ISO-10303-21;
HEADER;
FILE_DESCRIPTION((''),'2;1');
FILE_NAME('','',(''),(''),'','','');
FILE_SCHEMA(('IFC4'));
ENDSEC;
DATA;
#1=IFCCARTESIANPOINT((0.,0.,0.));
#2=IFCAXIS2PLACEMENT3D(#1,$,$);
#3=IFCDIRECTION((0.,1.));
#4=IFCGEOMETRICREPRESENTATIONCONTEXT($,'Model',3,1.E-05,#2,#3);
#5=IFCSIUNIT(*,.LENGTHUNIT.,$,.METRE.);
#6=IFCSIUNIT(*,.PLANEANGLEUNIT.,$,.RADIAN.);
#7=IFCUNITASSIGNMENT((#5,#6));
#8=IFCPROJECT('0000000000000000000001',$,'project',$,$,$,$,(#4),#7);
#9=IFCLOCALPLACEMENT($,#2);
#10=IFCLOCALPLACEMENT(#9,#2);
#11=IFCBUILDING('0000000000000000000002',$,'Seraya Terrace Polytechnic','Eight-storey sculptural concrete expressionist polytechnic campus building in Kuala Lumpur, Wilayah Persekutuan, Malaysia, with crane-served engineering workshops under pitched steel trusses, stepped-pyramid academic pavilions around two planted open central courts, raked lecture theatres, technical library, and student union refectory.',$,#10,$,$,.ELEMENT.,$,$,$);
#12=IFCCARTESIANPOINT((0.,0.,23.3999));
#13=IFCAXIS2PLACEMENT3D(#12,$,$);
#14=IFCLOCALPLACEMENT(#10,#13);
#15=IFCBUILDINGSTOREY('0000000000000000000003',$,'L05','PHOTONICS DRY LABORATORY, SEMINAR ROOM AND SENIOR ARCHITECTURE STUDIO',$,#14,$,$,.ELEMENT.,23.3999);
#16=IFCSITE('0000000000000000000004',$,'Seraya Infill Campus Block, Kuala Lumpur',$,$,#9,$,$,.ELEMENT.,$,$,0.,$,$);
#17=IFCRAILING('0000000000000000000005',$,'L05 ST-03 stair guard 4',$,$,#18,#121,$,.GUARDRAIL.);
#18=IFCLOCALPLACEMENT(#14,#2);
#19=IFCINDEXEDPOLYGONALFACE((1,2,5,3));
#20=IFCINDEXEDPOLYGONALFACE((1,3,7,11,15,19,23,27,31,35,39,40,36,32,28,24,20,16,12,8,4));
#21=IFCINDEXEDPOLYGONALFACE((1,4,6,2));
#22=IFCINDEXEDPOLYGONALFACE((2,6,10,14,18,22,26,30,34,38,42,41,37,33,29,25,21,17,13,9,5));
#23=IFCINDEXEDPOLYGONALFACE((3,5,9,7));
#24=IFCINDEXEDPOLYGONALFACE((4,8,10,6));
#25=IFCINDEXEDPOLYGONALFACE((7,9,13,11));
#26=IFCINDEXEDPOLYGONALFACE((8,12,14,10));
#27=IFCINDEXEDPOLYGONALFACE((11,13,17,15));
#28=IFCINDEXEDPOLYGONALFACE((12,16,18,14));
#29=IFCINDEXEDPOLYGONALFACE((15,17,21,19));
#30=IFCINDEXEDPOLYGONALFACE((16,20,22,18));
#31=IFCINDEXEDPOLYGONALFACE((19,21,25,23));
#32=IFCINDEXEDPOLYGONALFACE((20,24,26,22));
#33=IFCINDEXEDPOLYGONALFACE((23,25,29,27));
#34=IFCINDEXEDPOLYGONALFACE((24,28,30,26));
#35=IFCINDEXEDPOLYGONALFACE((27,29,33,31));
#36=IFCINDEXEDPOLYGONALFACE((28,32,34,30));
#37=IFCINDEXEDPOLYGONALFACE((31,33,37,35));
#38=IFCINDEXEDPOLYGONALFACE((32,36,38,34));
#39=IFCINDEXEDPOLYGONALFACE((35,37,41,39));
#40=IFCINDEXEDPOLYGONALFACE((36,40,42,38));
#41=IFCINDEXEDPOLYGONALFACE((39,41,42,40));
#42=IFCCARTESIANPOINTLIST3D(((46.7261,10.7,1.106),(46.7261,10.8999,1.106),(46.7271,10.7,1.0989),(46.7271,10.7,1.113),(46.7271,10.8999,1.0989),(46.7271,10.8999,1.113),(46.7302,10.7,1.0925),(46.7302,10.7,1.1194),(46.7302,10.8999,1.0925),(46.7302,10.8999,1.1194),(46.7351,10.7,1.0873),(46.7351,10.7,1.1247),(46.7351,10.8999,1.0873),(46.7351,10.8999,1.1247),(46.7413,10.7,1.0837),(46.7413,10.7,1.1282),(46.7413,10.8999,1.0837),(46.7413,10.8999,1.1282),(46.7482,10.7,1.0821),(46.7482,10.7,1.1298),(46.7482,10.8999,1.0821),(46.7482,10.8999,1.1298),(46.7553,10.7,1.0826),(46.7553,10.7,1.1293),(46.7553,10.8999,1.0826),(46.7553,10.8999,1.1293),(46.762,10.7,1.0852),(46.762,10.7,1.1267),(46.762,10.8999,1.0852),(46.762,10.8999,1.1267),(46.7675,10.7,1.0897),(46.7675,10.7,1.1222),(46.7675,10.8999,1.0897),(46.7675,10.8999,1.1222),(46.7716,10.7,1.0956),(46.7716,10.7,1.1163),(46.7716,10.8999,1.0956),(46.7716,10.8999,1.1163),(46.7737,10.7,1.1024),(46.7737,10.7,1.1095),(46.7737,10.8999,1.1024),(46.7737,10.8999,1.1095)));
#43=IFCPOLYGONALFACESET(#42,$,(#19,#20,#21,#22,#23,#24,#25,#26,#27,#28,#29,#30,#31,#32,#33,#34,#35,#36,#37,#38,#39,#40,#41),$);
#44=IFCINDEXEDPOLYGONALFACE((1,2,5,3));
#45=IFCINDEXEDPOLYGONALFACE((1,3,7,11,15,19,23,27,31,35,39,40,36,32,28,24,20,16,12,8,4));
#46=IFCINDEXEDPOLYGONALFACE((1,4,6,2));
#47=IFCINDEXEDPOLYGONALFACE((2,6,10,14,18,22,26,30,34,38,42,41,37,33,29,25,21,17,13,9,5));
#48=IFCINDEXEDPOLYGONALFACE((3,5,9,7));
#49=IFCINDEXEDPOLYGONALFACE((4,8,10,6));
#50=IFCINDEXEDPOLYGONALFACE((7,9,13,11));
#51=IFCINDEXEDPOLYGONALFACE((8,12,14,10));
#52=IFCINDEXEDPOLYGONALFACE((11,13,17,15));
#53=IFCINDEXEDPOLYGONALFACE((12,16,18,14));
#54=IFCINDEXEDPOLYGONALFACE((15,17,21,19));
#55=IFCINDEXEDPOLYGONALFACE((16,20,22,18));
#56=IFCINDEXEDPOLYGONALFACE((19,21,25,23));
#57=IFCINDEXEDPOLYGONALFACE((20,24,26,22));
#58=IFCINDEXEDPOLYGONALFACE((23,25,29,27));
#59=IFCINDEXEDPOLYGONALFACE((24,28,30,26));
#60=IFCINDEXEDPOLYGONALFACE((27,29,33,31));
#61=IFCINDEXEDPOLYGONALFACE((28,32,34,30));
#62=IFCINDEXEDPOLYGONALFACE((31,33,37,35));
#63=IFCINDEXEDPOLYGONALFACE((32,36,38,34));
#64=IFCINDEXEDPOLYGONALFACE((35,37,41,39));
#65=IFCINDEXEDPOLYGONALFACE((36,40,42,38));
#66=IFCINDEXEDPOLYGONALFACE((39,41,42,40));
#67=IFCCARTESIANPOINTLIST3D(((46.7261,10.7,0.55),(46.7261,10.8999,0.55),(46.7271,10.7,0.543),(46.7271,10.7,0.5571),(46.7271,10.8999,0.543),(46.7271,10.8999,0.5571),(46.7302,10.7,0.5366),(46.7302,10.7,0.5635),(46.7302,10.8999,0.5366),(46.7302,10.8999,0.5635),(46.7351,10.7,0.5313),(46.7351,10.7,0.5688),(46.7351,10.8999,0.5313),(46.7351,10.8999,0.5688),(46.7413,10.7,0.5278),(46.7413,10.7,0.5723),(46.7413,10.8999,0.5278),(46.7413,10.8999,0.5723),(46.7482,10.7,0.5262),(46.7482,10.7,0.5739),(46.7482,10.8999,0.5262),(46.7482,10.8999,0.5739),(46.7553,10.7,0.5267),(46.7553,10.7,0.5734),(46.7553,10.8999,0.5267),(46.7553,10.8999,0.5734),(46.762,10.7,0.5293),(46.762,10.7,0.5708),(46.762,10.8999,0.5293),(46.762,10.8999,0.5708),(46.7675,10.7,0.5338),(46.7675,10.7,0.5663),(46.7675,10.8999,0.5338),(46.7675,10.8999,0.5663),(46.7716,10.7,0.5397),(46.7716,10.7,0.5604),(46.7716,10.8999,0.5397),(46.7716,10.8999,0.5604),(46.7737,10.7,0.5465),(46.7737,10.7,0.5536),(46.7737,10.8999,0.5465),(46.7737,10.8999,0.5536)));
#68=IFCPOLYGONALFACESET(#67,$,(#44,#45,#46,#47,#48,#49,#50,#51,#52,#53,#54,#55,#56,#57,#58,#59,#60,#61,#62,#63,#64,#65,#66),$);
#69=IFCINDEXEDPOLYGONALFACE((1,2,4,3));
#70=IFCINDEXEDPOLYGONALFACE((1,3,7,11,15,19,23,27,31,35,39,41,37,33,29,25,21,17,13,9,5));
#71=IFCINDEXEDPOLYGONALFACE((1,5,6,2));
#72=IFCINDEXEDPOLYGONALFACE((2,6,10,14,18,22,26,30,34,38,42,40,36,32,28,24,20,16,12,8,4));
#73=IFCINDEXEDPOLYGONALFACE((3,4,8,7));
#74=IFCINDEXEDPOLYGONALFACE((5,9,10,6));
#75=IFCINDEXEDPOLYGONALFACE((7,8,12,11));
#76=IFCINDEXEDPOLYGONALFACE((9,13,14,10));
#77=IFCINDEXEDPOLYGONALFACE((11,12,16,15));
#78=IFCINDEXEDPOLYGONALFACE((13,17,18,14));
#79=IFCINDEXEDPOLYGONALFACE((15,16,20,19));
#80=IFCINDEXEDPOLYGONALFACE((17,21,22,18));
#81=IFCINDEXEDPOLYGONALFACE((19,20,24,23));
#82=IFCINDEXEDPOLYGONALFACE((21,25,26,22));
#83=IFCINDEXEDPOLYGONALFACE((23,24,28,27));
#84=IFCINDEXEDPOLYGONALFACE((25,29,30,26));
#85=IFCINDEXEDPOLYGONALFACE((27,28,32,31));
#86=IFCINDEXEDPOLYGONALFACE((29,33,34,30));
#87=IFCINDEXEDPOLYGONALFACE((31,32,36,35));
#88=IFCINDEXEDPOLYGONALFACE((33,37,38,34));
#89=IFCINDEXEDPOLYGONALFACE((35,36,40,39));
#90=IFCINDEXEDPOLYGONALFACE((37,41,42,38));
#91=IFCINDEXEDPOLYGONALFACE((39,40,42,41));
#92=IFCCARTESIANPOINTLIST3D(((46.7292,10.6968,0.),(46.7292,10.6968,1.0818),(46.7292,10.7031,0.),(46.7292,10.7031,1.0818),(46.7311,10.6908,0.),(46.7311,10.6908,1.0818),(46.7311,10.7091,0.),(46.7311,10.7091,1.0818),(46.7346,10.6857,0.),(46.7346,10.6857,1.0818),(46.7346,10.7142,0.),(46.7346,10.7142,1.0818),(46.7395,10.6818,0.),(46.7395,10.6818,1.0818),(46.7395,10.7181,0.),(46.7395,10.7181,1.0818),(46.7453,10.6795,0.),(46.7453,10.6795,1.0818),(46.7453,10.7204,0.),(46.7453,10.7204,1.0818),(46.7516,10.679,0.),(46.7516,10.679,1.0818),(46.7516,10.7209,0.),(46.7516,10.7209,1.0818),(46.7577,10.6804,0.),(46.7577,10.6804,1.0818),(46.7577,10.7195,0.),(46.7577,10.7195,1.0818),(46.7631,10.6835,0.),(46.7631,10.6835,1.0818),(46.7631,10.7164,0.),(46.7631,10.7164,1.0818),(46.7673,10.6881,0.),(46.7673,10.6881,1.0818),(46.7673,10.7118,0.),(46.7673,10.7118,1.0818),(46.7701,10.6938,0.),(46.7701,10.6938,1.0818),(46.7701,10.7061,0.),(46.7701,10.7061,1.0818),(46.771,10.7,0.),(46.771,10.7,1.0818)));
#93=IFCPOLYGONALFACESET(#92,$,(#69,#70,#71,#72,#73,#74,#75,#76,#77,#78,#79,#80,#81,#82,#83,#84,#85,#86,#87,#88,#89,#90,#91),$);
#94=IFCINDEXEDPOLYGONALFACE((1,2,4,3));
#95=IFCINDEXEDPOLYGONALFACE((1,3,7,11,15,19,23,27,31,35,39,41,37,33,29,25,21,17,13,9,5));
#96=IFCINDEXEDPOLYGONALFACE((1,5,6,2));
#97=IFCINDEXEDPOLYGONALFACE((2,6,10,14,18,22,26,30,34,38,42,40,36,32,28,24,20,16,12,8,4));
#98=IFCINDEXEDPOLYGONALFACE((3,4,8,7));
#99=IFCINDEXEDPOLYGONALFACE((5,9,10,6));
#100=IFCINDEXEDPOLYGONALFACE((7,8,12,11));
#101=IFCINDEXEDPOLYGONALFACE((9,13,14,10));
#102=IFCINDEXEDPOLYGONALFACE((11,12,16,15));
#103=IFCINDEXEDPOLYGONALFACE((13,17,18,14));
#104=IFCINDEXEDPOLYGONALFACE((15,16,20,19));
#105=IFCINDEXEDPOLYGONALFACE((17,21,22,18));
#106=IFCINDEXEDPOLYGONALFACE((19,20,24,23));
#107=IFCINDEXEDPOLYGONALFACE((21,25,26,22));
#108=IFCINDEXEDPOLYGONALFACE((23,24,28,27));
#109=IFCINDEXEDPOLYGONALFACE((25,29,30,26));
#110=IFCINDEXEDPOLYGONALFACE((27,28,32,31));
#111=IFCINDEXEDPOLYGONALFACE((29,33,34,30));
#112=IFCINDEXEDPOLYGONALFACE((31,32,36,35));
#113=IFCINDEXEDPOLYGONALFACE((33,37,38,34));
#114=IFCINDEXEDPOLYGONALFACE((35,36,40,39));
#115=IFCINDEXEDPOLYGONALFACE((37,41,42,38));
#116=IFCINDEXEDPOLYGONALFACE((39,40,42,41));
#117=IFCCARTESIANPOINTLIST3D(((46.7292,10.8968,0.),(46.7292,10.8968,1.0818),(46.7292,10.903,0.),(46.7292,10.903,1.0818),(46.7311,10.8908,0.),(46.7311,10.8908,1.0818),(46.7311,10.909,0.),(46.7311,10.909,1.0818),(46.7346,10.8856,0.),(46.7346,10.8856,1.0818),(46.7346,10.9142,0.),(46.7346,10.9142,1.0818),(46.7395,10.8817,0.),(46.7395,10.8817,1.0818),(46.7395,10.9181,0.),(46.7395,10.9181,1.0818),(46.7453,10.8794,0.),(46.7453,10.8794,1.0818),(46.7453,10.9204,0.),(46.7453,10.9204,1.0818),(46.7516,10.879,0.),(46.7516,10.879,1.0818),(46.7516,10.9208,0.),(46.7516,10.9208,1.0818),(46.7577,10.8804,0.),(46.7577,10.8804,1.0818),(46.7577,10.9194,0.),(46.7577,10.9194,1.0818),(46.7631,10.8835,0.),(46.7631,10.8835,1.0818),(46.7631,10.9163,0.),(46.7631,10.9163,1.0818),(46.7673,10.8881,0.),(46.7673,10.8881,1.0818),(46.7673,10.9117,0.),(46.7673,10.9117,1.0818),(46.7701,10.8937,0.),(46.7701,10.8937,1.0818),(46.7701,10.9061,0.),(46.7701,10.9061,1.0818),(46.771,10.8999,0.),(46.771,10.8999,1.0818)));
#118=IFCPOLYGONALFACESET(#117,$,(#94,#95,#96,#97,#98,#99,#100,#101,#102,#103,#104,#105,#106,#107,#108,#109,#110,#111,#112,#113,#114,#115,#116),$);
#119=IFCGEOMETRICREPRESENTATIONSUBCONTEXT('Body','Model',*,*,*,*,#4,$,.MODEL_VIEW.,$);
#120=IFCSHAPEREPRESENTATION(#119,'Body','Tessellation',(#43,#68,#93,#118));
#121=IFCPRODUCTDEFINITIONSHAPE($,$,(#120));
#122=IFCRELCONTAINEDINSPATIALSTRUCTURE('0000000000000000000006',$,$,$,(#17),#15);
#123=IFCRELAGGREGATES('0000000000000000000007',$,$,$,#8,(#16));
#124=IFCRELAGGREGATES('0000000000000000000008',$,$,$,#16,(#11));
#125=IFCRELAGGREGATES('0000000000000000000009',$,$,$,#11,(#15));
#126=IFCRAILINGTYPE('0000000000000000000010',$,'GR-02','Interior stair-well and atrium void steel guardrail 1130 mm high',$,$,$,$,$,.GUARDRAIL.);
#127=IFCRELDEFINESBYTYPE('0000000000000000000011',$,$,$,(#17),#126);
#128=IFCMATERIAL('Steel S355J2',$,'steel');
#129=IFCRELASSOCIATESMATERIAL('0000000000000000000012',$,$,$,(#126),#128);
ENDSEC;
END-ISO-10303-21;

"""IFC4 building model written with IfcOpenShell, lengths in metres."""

from ifc_helpers import new_model, si_unit, direction, frame, origin, origin_2d, place, context, subcontext, project, spatial, circle, extrude, material, type_object, element, save


model = new_model("IFC4")

# Units and contexts
model_context = context("Model", 3, precision=1e-05, world=origin(), true_north=direction((0.0, 1.0)))
body_context = subcontext(model_context, "Body", "Model", "MODEL_VIEW")
ifc_project = project(units=[si_unit("LENGTHUNIT", "METRE"), si_unit("PLANEANGLEUNIT", "RADIAN")], contexts=[model_context])

# Site, building, storey
site_placement = place(None, origin())
site = spatial("IfcSite", under=ifc_project, at=site_placement, Name="Seraya Infill Campus Block, Kuala Lumpur", CompositionType="ELEMENT", RefElevation=0.0)
building_placement = place(site_placement, origin())
building = spatial("IfcBuilding", under=site, at=building_placement, Name="Seraya Terrace Polytechnic", Description="Eight-storey sculptural concrete expressionist polytechnic campus building in Kuala Lumpur, Wilayah Persekutuan, Malaysia, with crane-served engineering workshops under pitched steel trusses, stepped-pyramid academic pavilions around two planted open central courts, raked lecture theatres, technical library, and student union refectory.", CompositionType="ELEMENT")
storey_placement = place(building_placement, frame((0.0, 0.0, 23.3999)))
storey = spatial("IfcBuildingStorey", under=building, at=storey_placement, Name="L05", Description="PHOTONICS DRY LABORATORY, SEMINAR ROOM AND SENIOR ARCHITECTURE STUDIO", CompositionType="ELEMENT", Elevation=23.3999)

# Shared definitions
ifc_material_1 = material(Name="Steel S355J2", Category="steel")

# Railing
railing_type_1 = type_object("IfcRailingType", Name="GR-02", Description="Interior stair-well and atrium void steel guardrail 1130 mm high", PredefinedType="GUARDRAIL", material=ifc_material_1)
railing_1_placement = place(storey_placement, frame((46.75, 10.7, 0.0)))
element("IfcRailing", 1, at=railing_1_placement, inside=storey, type_object=railing_type_1, Name="L05 ST-03 stair guard 4", PredefinedType="GUARDRAIL", context=body_context, shape_type="SweptSolid", body=[
    extrude(circle(Radius=0.0239, at=origin_2d()), frame((0.0, 0.0, 1.106), z_axis=(0.0, 1.0, 0.0), x_axis=(-1.0, 0.0, 0.0)), (0.0, 0.0, 1.0), 0.2),
    extrude(circle(Radius=0.0239, at=origin_2d()), frame((0.0, 0.0, 0.55), z_axis=(0.0, 1.0, 0.0), x_axis=(-1.0, 0.0, 0.0)), (0.0, 0.0, 1.0), 0.2),
    extrude(circle(Radius=0.021, at=origin_2d()), origin(), (0.0, 0.0, 1.0), 1.0818),
    extrude(circle(Radius=0.021, at=origin_2d()), frame((0.0, 0.2, 0.0)), (0.0, 0.0, 1.0), 1.0818),
])

save(model, "model.ifc")
